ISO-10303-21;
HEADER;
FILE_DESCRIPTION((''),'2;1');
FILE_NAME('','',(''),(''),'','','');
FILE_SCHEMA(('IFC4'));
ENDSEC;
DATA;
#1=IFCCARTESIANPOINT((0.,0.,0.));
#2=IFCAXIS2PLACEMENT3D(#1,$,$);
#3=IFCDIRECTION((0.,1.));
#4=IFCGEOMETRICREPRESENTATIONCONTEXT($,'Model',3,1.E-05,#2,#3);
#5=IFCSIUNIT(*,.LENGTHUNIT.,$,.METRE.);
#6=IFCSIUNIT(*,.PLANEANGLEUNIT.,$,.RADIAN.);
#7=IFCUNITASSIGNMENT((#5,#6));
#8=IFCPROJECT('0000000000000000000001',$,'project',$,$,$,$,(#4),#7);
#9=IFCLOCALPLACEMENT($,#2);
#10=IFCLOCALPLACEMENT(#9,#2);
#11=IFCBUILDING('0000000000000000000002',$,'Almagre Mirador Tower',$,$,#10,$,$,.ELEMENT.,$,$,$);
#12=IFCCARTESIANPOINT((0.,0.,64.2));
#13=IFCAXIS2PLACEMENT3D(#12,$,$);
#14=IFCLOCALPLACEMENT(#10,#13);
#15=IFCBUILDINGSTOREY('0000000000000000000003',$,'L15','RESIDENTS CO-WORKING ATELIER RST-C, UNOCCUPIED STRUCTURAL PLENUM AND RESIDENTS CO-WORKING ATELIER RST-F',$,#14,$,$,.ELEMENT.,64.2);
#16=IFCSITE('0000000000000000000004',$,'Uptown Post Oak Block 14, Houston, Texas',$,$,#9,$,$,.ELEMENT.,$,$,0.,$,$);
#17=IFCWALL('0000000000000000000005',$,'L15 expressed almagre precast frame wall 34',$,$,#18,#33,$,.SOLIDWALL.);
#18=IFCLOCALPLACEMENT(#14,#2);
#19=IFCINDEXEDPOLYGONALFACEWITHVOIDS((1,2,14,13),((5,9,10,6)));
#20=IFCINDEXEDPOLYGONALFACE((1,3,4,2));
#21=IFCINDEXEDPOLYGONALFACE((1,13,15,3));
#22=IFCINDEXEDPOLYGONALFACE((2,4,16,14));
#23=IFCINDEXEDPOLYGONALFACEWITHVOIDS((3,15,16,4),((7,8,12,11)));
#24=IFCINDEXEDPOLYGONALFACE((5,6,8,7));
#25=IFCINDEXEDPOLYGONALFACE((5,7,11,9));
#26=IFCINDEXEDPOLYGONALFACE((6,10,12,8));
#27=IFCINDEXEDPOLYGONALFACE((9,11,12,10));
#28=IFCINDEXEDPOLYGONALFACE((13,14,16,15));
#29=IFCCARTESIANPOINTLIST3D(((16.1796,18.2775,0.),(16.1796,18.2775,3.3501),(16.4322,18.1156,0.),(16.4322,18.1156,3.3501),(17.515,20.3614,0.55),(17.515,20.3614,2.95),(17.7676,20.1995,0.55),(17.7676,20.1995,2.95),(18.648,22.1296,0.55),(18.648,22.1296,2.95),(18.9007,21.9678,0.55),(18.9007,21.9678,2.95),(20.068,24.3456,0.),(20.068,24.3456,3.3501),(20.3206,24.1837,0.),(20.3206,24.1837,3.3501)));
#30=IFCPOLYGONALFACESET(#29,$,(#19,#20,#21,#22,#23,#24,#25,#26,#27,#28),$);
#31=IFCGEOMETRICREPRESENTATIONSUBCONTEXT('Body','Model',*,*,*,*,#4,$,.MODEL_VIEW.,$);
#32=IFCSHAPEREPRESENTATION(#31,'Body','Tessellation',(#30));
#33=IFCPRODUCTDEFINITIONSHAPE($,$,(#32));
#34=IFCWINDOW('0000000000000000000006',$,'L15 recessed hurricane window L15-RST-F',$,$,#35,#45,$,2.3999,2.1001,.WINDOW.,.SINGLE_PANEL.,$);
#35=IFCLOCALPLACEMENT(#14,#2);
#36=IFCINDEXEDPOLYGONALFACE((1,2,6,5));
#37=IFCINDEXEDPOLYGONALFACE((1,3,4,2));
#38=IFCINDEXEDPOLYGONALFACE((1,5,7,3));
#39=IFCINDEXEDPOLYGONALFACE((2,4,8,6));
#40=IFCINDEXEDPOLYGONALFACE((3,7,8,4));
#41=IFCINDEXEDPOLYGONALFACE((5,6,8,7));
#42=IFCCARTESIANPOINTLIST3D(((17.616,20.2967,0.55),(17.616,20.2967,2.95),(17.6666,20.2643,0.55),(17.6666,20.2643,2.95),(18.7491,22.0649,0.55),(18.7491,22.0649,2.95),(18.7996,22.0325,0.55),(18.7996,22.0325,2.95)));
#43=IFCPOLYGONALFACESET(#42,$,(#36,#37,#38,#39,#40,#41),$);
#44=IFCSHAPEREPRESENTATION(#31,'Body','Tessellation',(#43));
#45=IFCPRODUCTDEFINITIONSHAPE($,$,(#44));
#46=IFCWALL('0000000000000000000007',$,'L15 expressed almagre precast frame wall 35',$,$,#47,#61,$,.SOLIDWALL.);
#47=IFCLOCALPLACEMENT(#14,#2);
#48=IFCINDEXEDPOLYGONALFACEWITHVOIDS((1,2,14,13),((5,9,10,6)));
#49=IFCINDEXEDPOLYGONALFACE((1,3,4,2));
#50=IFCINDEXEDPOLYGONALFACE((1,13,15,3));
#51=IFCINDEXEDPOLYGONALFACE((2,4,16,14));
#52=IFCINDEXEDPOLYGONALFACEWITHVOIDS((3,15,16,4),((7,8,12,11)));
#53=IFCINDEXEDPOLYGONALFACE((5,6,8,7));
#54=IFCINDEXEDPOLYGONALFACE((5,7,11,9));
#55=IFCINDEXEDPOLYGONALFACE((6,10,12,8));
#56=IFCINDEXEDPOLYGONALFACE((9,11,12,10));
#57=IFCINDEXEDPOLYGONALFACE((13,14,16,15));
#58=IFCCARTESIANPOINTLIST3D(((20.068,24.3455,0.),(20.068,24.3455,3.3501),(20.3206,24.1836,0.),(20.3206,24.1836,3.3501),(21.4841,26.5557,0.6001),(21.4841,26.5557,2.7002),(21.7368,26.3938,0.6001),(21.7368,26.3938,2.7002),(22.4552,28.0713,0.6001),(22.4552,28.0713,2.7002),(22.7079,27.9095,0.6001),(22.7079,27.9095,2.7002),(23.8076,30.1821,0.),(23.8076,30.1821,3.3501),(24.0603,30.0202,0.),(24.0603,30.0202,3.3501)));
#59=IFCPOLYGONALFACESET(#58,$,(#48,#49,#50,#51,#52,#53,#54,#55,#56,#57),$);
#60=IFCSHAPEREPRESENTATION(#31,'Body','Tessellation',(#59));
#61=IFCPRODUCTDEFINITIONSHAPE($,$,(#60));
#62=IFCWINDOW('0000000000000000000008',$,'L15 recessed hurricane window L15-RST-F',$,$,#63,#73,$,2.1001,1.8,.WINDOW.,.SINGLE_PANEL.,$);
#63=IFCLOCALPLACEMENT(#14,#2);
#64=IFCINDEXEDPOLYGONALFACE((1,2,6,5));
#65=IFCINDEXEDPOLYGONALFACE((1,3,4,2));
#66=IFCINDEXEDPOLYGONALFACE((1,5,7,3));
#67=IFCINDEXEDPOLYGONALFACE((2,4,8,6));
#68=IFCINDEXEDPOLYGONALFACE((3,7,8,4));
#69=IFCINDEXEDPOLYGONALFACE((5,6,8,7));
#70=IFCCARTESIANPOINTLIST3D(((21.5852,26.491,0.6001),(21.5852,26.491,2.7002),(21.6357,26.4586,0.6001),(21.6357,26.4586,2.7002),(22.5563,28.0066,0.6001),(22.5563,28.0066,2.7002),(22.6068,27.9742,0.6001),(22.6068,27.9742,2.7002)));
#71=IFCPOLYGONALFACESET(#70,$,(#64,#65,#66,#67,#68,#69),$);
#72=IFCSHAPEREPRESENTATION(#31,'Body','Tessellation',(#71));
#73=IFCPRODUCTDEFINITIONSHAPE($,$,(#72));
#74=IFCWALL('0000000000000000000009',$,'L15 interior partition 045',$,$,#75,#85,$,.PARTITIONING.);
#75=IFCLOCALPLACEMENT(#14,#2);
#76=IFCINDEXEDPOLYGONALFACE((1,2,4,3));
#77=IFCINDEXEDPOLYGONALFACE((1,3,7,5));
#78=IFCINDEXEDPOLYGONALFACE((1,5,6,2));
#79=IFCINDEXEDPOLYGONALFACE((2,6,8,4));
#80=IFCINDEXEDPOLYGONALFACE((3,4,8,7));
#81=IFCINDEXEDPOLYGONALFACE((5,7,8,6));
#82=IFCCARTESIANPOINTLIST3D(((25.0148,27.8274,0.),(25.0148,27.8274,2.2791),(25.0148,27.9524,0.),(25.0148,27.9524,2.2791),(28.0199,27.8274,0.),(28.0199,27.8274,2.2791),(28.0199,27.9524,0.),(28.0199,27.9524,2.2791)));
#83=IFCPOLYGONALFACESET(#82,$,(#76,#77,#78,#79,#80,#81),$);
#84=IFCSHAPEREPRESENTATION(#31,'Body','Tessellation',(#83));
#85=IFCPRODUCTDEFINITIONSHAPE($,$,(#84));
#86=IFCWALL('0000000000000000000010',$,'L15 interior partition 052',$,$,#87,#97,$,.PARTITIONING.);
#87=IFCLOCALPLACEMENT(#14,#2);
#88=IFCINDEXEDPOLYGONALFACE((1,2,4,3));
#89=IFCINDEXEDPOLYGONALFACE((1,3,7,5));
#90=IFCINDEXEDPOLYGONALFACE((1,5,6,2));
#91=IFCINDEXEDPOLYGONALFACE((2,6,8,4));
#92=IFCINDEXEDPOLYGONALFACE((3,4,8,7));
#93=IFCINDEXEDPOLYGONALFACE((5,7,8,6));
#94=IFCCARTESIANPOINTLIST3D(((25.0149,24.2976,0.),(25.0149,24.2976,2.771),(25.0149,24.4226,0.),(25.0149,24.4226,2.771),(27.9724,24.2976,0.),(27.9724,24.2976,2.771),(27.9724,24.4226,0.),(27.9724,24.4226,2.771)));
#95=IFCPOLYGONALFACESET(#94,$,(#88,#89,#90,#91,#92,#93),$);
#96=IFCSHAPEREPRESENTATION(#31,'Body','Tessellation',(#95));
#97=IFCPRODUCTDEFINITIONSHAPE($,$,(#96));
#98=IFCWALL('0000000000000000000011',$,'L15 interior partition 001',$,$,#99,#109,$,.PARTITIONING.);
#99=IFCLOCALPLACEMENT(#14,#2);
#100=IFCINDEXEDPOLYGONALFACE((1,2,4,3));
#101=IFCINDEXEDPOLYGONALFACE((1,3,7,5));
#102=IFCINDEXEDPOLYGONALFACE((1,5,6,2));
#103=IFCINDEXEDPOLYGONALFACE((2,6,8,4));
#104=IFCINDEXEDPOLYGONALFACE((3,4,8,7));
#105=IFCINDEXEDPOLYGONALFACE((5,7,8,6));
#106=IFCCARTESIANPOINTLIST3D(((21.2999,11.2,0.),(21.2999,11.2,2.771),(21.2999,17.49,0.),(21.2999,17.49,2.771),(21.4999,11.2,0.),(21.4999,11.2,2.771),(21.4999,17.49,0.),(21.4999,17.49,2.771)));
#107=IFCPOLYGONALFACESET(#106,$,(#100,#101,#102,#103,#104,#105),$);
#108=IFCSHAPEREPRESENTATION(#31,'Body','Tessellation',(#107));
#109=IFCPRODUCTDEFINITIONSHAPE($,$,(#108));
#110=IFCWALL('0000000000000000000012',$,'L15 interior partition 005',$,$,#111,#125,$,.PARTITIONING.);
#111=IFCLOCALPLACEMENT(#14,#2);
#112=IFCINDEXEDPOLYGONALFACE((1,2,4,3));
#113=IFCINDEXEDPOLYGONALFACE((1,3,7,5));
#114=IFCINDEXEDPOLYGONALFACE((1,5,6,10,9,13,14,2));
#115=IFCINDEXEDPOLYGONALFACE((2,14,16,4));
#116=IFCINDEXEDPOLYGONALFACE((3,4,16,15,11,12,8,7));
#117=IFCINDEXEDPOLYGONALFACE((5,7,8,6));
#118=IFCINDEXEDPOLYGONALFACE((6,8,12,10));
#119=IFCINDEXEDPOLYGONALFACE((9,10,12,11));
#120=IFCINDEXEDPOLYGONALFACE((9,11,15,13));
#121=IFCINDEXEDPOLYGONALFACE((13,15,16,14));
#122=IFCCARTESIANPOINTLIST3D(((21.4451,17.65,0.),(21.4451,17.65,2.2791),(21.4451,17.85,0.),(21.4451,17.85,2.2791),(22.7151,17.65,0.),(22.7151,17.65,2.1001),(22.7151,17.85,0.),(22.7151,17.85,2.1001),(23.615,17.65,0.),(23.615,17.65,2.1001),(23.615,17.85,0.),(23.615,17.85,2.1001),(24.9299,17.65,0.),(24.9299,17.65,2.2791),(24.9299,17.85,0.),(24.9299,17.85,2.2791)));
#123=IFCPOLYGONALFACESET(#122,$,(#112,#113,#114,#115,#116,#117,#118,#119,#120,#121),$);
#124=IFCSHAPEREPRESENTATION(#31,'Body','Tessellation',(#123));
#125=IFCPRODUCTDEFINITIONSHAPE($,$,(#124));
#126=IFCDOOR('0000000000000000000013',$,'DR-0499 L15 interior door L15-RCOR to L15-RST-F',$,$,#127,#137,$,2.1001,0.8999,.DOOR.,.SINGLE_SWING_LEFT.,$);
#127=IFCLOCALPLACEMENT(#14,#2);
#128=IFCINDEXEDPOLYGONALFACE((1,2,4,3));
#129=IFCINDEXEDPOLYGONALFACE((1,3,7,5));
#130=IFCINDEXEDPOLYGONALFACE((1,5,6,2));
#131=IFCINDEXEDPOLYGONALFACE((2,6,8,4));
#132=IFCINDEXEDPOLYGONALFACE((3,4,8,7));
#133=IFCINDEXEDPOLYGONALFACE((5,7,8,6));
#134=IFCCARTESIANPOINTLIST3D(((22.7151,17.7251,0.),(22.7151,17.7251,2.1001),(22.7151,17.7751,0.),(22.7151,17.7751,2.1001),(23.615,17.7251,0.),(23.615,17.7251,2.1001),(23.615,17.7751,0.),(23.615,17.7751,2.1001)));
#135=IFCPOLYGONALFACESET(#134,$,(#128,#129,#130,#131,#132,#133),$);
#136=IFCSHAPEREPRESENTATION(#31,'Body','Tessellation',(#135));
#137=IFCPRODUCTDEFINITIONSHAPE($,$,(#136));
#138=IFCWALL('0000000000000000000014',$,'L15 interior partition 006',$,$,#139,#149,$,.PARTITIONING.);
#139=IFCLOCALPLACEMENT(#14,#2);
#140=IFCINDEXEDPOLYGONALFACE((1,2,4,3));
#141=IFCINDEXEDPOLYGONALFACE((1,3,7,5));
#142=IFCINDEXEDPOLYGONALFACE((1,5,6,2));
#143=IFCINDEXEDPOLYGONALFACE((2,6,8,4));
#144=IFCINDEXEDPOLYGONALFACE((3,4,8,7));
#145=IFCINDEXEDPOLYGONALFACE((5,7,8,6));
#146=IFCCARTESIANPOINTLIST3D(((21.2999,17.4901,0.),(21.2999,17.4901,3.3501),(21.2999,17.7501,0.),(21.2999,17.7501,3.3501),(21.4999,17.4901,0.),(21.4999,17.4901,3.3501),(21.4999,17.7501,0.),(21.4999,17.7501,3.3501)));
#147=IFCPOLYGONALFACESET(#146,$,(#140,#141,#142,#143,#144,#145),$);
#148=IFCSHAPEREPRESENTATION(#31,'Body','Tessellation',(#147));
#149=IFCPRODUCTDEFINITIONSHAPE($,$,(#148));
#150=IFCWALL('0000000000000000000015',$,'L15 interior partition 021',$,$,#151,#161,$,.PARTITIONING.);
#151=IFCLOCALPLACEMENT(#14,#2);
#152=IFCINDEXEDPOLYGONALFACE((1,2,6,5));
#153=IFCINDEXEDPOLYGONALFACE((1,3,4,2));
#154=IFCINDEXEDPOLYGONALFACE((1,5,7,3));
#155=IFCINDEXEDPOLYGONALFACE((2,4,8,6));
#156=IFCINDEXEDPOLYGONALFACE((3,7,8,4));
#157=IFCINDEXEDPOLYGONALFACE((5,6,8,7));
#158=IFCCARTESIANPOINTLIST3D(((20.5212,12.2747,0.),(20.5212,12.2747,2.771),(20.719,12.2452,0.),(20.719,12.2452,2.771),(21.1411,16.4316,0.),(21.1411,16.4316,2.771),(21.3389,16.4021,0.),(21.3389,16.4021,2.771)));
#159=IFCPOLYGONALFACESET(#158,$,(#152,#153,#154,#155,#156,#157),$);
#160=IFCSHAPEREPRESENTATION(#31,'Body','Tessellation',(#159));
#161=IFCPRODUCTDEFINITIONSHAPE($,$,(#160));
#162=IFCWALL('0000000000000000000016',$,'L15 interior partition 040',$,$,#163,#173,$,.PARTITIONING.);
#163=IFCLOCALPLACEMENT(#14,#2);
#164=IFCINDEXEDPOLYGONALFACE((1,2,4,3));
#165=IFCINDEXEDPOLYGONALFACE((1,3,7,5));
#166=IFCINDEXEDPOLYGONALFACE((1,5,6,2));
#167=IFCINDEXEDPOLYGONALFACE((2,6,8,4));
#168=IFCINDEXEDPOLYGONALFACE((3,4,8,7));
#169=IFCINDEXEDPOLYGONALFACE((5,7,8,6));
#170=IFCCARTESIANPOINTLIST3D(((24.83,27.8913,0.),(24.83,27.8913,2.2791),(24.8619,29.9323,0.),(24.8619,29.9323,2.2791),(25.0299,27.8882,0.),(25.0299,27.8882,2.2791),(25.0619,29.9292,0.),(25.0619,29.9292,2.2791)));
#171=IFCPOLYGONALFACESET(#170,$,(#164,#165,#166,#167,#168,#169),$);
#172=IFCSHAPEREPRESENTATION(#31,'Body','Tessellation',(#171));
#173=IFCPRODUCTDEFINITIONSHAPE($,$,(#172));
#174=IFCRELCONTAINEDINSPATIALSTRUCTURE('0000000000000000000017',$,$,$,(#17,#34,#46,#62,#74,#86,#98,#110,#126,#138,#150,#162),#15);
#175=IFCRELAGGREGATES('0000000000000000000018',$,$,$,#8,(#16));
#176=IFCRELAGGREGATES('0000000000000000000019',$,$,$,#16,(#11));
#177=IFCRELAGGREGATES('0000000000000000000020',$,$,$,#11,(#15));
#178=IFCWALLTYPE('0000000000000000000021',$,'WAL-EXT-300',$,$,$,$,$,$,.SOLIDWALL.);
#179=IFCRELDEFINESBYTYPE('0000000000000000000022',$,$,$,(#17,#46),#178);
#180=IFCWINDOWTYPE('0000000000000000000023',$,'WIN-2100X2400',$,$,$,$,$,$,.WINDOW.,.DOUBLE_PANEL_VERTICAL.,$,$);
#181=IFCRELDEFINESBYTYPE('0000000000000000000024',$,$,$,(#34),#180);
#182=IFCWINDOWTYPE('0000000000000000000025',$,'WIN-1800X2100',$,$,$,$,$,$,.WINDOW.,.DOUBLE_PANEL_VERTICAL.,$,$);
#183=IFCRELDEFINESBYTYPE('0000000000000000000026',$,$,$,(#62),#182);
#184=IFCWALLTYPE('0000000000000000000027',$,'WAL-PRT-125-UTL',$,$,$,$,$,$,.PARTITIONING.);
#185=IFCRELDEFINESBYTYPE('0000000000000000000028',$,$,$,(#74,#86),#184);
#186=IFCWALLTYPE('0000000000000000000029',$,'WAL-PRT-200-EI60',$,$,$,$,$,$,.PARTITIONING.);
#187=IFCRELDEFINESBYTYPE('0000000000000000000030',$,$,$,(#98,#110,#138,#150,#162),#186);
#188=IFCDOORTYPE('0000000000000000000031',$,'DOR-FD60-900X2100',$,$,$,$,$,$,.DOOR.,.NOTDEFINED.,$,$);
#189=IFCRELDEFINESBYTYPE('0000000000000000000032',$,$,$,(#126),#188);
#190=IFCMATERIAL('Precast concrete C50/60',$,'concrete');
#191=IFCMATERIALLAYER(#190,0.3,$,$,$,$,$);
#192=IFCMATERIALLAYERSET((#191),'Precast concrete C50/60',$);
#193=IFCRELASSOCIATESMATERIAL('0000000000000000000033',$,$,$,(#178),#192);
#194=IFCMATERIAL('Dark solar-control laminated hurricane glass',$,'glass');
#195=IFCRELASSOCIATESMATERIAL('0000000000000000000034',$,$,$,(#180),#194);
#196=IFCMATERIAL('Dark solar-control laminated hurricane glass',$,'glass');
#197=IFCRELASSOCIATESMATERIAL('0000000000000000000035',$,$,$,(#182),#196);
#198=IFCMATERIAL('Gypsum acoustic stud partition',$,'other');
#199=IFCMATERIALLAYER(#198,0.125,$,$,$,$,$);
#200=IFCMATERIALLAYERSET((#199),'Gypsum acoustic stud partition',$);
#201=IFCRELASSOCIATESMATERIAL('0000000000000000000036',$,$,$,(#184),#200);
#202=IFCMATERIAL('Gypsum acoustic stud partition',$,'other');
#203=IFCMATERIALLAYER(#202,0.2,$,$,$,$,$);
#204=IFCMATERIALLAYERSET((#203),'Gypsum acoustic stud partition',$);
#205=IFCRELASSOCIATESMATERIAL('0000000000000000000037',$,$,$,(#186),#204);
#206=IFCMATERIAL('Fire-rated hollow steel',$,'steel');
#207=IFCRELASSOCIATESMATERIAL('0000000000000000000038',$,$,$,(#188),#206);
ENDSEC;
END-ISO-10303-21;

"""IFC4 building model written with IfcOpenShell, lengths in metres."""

from ifc_helpers import new_model, si_unit, direction, frame, frame_2d, origin, place, context, subcontext, project, spatial, rectangle, extrude, material, layer, layer_set, type_object, element, fill, save


model = new_model("IFC4")

# Units and contexts
model_context = context("Model", 3, precision=1e-05, world=origin(), true_north=direction((0.0, 1.0)))
body_context = subcontext(model_context, "Body", "Model", "MODEL_VIEW")
ifc_project = project(units=[si_unit("LENGTHUNIT", "METRE"), si_unit("PLANEANGLEUNIT", "RADIAN")], contexts=[model_context])

# Site, building, storey
site_placement = place(None, origin())
site = spatial("IfcSite", under=ifc_project, at=site_placement, Name="Uptown Post Oak Block 14, Houston, Texas", CompositionType="ELEMENT", RefElevation=0.0)
building_placement = place(site_placement, origin())
building = spatial("IfcBuilding", under=site, at=building_placement, Name="Almagre Mirador Tower", CompositionType="ELEMENT")
storey_placement = place(building_placement, frame((0.0, 0.0, 64.2)))
storey = spatial("IfcBuildingStorey", under=building, at=storey_placement, Name="L15", Description="RESIDENTS CO-WORKING ATELIER RST-C, UNOCCUPIED STRUCTURAL PLENUM AND RESIDENTS CO-WORKING ATELIER RST-F", CompositionType="ELEMENT", Elevation=64.2)

# Walls, openings, windows
ifc_material_1 = material(Name="Precast concrete C50/60", Category="concrete")
ifc_layer_1 = layer(ifc_material_1, 0.3)
ifc_layer_set_1 = layer_set([ifc_layer_1], Name="Precast concrete C50/60")
wall_type_1 = type_object("IfcWallType", Name="WAL-EXT-300", PredefinedType="SOLIDWALL", material=ifc_layer_set_1)
wall_1_placement = place(storey_placement, frame((16.3059, 18.1965, 0.0), z_axis=(0.0, 0.0, 1.0), x_axis=(0.539529, 0.841967, 0.0)))
wall_1 = element("IfcWall", 1, at=wall_1_placement, inside=storey, type_object=wall_type_1, Name="L15 expressed almagre precast frame wall 34", PredefinedType="SOLIDWALL", context=body_context, shape_type="SweptSolid", body=[
    extrude(rectangle(XDim=7.207, YDim=0.3, at=frame_2d((3.6035, 0.0))), origin(), (0.0, 0.0, 1.0), 3.3501),
])
opening_1_placement = place(wall_1_placement, frame((2.4751, 0.0, 0.55)))
opening_1 = element("IfcOpeningElement", 2, at=opening_1_placement, cuts=wall_1, PredefinedType="OPENING", context=body_context, shape_type="SweptSolid", body=[
    extrude(rectangle(XDim=2.1001, YDim=2.3999, at=frame_2d((1.05, 1.2))), frame((0.0, 0.1599, 0.0), z_axis=(0.0, -1.0, 0.0), x_axis=(1.0, 0.0, 0.0)), (0.0, 0.0, 1.0), 0.32),
])
ifc_material_2 = material(Name="Dark solar-control laminated hurricane glass", Category="glass")
window_type_1 = type_object("IfcWindowType", Name="WIN-2100X2400", PartitioningType="DOUBLE_PANEL_VERTICAL", PredefinedType="WINDOW", material=ifc_material_2)
window_1_placement = place(opening_1_placement, origin())
window_1 = element("IfcWindow", 3, at=window_1_placement, inside=storey, type_object=window_type_1, Name="L15 recessed hurricane window L15-RST-F", OverallHeight=2.3999, OverallWidth=2.1001, PartitioningType="SINGLE_PANEL", PredefinedType="WINDOW", context=body_context, shape_type="SweptSolid", body=[
    extrude(rectangle(XDim=2.1001, YDim=2.3999, at=frame_2d((1.05, 1.2))), frame((0.0, 0.03, 0.0), z_axis=(0.0, -1.0, 0.0), x_axis=(1.0, 0.0, 0.0)), (0.0, 0.0, 1.0), 0.0601),
])
fill(opening_1, window_1)
wall_2_placement = place(storey_placement, frame((20.1943, 24.2646, 0.0), z_axis=(0.0, 0.0, 1.0), x_axis=(0.539491, 0.841991, 0.0)))
wall_2 = element("IfcWall", 4, at=wall_2_placement, inside=storey, type_object=wall_type_1, Name="L15 expressed almagre precast frame wall 35", PredefinedType="SOLIDWALL", context=body_context, shape_type="SweptSolid", body=[
    extrude(rectangle(XDim=6.9319, YDim=0.3, at=frame_2d((3.4658, 0.0))), origin(), (0.0, 0.0, 1.0), 3.3501),
])
opening_2_placement = place(wall_2_placement, frame((2.625, 0.0, 0.6001)))
opening_2 = element("IfcOpeningElement", 5, at=opening_2_placement, cuts=wall_2, PredefinedType="OPENING", context=body_context, shape_type="SweptSolid", body=[
    extrude(rectangle(XDim=1.8, YDim=2.1001, at=frame_2d((0.8999, 1.05))), frame((0.0, 0.1599, 0.0), z_axis=(0.0, -1.0, 0.0), x_axis=(1.0, 0.0, 0.0)), (0.0, 0.0, 1.0), 0.32),
])
ifc_material_3 = material(Name="Dark solar-control laminated hurricane glass", Category="glass")
window_type_2 = type_object("IfcWindowType", Name="WIN-1800X2100", PartitioningType="DOUBLE_PANEL_VERTICAL", PredefinedType="WINDOW", material=ifc_material_3)
window_2_placement = place(opening_2_placement, origin())
window_2 = element("IfcWindow", 6, at=window_2_placement, inside=storey, type_object=window_type_2, Name="L15 recessed hurricane window L15-RST-F", OverallHeight=2.1001, OverallWidth=1.8, PartitioningType="SINGLE_PANEL", PredefinedType="WINDOW", context=body_context, shape_type="SweptSolid", body=[
    extrude(rectangle(XDim=1.8, YDim=2.1001, at=frame_2d((0.8999, 1.05))), frame((0.0, 0.03, 0.0), z_axis=(0.0, -1.0, 0.0), x_axis=(1.0, 0.0, 0.0)), (0.0, 0.0, 1.0), 0.0601),
])
fill(opening_2, window_2)

# Walls
ifc_material_4 = material(Name="Gypsum acoustic stud partition", Category="other")
ifc_layer_2 = layer(ifc_material_4, 0.125)
ifc_layer_set_2 = layer_set([ifc_layer_2], Name="Gypsum acoustic stud partition")
wall_type_2 = type_object("IfcWallType", Name="WAL-PRT-125-UTL", PredefinedType="PARTITIONING", material=ifc_layer_set_2)
wall_3_placement = place(storey_placement, frame((25.0149, 27.8899, 0.0), z_axis=(0.0, 0.0, 1.0), x_axis=(1.0, 0.0, 0.0)))
element("IfcWall", 7, at=wall_3_placement, inside=storey, type_object=wall_type_2, Name="L15 interior partition 045", PredefinedType="PARTITIONING", context=body_context, shape_type="SweptSolid", body=[
    extrude(rectangle(XDim=3.0051, YDim=0.125, at=frame_2d((1.5024, 0.0))), origin(), (0.0, 0.0, 1.0), 2.2791),
])
wall_4_placement = place(storey_placement, frame((25.0149, 24.3601, 0.0), z_axis=(0.0, 0.0, 1.0), x_axis=(1.0, 0.0, 0.0)))
element("IfcWall", 8, at=wall_4_placement, inside=storey, type_object=wall_type_2, Name="L15 interior partition 052", PredefinedType="PARTITIONING", context=body_context, shape_type="SweptSolid", body=[
    extrude(rectangle(XDim=2.9575, YDim=0.125, at=frame_2d((1.4788, 0.0))), origin(), (0.0, 0.0, 1.0), 2.771),
])
ifc_material_5 = material(Name="Gypsum acoustic stud partition", Category="other")
ifc_layer_3 = layer(ifc_material_5, 0.2)
ifc_layer_set_3 = layer_set([ifc_layer_3], Name="Gypsum acoustic stud partition")
wall_type_3 = type_object("IfcWallType", Name="WAL-PRT-200-EI60", PredefinedType="PARTITIONING", material=ifc_layer_set_3)
wall_5_placement = place(storey_placement, frame((21.3999, 17.49, 0.0), z_axis=(0.0, 0.0, 1.0), x_axis=(0.0, -1.0, 0.0)))
element("IfcWall", 9, at=wall_5_placement, inside=storey, type_object=wall_type_3, Name="L15 interior partition 001", PredefinedType="PARTITIONING", context=body_context, shape_type="SweptSolid", body=[
    extrude(rectangle(XDim=6.29, YDim=0.2, at=frame_2d((3.145, 0.0))), origin(), (0.0, 0.0, 1.0), 2.771),
])

# Wall, opening, door
wall_6_placement = place(storey_placement, frame((24.9299, 17.75, 0.0), z_axis=(0.0, 0.0, 1.0), x_axis=(-1.0, 0.0, 0.0)))
wall_6 = element("IfcWall", 10, at=wall_6_placement, inside=storey, type_object=wall_type_3, Name="L15 interior partition 005", PredefinedType="PARTITIONING", context=body_context, shape_type="SweptSolid", body=[
    extrude(rectangle(XDim=3.4849, YDim=0.2, at=frame_2d((1.7424, 0.0))), origin(), (0.0, 0.0, 1.0), 2.2791),
])
opening_3_placement = place(wall_6_placement, frame((1.3149, 0.0, 0.0)))
opening_3 = element("IfcOpeningElement", 11, at=opening_3_placement, cuts=wall_6, PredefinedType="OPENING", context=body_context, shape_type="SweptSolid", body=[
    extrude(rectangle(XDim=0.8999, YDim=2.1001, at=frame_2d((0.45, 1.05))), frame((0.0, 0.1101, 0.0), z_axis=(0.0, -1.0, 0.0), x_axis=(1.0, 0.0, 0.0)), (0.0, 0.0, 1.0), 0.22),
])
ifc_material_6 = material(Name="Fire-rated hollow steel", Category="steel")
door_type = type_object("IfcDoorType", Name="DOR-FD60-900X2100", OperationType="NOTDEFINED", PredefinedType="DOOR", material=ifc_material_6)
door_placement = place(opening_3_placement, origin())
door = element("IfcDoor", 12, at=door_placement, inside=storey, type_object=door_type, Name="DR-0499 L15 interior door L15-RCOR to L15-RST-F", OperationType="SINGLE_SWING_LEFT", OverallHeight=2.1001, OverallWidth=0.8999, PredefinedType="DOOR", context=body_context, shape_type="SweptSolid", body=[
    extrude(rectangle(XDim=0.8999, YDim=2.1001, at=frame_2d((0.45, 1.05))), frame((0.0, 0.0249, 0.0), z_axis=(0.0, -1.0, 0.0), x_axis=(1.0, 0.0, 0.0)), (0.0, 0.0, 1.0), 0.05),
])
fill(opening_3, door)

# Walls
wall_7_placement = place(storey_placement, frame((21.3999, 17.75, 0.0), z_axis=(0.0, 0.0, 1.0), x_axis=(0.0, -1.0, 0.0)))
element("IfcWall", 13, at=wall_7_placement, inside=storey, type_object=wall_type_3, Name="L15 interior partition 006", PredefinedType="PARTITIONING", context=body_context, shape_type="SweptSolid", body=[
    extrude(rectangle(XDim=0.26, YDim=0.2, at=frame_2d((0.1299, 0.0))), origin(), (0.0, 0.0, 1.0), 3.3501),
])
wall_8_placement = place(storey_placement, frame((21.24, 16.417, 0.0), z_axis=(0.0, 0.0, 1.0), x_axis=(-0.147485, -0.989064, 0.0)))
element("IfcWall", 14, at=wall_8_placement, inside=storey, type_object=wall_type_3, Name="L15 interior partition 021", PredefinedType="PARTITIONING", context=body_context, shape_type="SweptSolid", body=[
    extrude(rectangle(XDim=4.2029, YDim=0.2, at=frame_2d((2.1016, 0.0))), origin(), (0.0, 0.0, 1.0), 2.771),
])
wall_9_placement = place(storey_placement, frame((24.9299, 27.8899, 0.0), z_axis=(0.0, 0.0, 1.0), x_axis=(0.015668, 0.999877, 0.0)))
element("IfcWall", 15, at=wall_9_placement, inside=storey, type_object=wall_type_3, Name="L15 interior partition 040", PredefinedType="PARTITIONING", context=body_context, shape_type="SweptSolid", body=[
    extrude(rectangle(XDim=2.0413, YDim=0.2, at=frame_2d((1.0205, 0.0))), origin(), (0.0, 0.0, 1.0), 2.2791),
])

save(model, "model.ifc")
